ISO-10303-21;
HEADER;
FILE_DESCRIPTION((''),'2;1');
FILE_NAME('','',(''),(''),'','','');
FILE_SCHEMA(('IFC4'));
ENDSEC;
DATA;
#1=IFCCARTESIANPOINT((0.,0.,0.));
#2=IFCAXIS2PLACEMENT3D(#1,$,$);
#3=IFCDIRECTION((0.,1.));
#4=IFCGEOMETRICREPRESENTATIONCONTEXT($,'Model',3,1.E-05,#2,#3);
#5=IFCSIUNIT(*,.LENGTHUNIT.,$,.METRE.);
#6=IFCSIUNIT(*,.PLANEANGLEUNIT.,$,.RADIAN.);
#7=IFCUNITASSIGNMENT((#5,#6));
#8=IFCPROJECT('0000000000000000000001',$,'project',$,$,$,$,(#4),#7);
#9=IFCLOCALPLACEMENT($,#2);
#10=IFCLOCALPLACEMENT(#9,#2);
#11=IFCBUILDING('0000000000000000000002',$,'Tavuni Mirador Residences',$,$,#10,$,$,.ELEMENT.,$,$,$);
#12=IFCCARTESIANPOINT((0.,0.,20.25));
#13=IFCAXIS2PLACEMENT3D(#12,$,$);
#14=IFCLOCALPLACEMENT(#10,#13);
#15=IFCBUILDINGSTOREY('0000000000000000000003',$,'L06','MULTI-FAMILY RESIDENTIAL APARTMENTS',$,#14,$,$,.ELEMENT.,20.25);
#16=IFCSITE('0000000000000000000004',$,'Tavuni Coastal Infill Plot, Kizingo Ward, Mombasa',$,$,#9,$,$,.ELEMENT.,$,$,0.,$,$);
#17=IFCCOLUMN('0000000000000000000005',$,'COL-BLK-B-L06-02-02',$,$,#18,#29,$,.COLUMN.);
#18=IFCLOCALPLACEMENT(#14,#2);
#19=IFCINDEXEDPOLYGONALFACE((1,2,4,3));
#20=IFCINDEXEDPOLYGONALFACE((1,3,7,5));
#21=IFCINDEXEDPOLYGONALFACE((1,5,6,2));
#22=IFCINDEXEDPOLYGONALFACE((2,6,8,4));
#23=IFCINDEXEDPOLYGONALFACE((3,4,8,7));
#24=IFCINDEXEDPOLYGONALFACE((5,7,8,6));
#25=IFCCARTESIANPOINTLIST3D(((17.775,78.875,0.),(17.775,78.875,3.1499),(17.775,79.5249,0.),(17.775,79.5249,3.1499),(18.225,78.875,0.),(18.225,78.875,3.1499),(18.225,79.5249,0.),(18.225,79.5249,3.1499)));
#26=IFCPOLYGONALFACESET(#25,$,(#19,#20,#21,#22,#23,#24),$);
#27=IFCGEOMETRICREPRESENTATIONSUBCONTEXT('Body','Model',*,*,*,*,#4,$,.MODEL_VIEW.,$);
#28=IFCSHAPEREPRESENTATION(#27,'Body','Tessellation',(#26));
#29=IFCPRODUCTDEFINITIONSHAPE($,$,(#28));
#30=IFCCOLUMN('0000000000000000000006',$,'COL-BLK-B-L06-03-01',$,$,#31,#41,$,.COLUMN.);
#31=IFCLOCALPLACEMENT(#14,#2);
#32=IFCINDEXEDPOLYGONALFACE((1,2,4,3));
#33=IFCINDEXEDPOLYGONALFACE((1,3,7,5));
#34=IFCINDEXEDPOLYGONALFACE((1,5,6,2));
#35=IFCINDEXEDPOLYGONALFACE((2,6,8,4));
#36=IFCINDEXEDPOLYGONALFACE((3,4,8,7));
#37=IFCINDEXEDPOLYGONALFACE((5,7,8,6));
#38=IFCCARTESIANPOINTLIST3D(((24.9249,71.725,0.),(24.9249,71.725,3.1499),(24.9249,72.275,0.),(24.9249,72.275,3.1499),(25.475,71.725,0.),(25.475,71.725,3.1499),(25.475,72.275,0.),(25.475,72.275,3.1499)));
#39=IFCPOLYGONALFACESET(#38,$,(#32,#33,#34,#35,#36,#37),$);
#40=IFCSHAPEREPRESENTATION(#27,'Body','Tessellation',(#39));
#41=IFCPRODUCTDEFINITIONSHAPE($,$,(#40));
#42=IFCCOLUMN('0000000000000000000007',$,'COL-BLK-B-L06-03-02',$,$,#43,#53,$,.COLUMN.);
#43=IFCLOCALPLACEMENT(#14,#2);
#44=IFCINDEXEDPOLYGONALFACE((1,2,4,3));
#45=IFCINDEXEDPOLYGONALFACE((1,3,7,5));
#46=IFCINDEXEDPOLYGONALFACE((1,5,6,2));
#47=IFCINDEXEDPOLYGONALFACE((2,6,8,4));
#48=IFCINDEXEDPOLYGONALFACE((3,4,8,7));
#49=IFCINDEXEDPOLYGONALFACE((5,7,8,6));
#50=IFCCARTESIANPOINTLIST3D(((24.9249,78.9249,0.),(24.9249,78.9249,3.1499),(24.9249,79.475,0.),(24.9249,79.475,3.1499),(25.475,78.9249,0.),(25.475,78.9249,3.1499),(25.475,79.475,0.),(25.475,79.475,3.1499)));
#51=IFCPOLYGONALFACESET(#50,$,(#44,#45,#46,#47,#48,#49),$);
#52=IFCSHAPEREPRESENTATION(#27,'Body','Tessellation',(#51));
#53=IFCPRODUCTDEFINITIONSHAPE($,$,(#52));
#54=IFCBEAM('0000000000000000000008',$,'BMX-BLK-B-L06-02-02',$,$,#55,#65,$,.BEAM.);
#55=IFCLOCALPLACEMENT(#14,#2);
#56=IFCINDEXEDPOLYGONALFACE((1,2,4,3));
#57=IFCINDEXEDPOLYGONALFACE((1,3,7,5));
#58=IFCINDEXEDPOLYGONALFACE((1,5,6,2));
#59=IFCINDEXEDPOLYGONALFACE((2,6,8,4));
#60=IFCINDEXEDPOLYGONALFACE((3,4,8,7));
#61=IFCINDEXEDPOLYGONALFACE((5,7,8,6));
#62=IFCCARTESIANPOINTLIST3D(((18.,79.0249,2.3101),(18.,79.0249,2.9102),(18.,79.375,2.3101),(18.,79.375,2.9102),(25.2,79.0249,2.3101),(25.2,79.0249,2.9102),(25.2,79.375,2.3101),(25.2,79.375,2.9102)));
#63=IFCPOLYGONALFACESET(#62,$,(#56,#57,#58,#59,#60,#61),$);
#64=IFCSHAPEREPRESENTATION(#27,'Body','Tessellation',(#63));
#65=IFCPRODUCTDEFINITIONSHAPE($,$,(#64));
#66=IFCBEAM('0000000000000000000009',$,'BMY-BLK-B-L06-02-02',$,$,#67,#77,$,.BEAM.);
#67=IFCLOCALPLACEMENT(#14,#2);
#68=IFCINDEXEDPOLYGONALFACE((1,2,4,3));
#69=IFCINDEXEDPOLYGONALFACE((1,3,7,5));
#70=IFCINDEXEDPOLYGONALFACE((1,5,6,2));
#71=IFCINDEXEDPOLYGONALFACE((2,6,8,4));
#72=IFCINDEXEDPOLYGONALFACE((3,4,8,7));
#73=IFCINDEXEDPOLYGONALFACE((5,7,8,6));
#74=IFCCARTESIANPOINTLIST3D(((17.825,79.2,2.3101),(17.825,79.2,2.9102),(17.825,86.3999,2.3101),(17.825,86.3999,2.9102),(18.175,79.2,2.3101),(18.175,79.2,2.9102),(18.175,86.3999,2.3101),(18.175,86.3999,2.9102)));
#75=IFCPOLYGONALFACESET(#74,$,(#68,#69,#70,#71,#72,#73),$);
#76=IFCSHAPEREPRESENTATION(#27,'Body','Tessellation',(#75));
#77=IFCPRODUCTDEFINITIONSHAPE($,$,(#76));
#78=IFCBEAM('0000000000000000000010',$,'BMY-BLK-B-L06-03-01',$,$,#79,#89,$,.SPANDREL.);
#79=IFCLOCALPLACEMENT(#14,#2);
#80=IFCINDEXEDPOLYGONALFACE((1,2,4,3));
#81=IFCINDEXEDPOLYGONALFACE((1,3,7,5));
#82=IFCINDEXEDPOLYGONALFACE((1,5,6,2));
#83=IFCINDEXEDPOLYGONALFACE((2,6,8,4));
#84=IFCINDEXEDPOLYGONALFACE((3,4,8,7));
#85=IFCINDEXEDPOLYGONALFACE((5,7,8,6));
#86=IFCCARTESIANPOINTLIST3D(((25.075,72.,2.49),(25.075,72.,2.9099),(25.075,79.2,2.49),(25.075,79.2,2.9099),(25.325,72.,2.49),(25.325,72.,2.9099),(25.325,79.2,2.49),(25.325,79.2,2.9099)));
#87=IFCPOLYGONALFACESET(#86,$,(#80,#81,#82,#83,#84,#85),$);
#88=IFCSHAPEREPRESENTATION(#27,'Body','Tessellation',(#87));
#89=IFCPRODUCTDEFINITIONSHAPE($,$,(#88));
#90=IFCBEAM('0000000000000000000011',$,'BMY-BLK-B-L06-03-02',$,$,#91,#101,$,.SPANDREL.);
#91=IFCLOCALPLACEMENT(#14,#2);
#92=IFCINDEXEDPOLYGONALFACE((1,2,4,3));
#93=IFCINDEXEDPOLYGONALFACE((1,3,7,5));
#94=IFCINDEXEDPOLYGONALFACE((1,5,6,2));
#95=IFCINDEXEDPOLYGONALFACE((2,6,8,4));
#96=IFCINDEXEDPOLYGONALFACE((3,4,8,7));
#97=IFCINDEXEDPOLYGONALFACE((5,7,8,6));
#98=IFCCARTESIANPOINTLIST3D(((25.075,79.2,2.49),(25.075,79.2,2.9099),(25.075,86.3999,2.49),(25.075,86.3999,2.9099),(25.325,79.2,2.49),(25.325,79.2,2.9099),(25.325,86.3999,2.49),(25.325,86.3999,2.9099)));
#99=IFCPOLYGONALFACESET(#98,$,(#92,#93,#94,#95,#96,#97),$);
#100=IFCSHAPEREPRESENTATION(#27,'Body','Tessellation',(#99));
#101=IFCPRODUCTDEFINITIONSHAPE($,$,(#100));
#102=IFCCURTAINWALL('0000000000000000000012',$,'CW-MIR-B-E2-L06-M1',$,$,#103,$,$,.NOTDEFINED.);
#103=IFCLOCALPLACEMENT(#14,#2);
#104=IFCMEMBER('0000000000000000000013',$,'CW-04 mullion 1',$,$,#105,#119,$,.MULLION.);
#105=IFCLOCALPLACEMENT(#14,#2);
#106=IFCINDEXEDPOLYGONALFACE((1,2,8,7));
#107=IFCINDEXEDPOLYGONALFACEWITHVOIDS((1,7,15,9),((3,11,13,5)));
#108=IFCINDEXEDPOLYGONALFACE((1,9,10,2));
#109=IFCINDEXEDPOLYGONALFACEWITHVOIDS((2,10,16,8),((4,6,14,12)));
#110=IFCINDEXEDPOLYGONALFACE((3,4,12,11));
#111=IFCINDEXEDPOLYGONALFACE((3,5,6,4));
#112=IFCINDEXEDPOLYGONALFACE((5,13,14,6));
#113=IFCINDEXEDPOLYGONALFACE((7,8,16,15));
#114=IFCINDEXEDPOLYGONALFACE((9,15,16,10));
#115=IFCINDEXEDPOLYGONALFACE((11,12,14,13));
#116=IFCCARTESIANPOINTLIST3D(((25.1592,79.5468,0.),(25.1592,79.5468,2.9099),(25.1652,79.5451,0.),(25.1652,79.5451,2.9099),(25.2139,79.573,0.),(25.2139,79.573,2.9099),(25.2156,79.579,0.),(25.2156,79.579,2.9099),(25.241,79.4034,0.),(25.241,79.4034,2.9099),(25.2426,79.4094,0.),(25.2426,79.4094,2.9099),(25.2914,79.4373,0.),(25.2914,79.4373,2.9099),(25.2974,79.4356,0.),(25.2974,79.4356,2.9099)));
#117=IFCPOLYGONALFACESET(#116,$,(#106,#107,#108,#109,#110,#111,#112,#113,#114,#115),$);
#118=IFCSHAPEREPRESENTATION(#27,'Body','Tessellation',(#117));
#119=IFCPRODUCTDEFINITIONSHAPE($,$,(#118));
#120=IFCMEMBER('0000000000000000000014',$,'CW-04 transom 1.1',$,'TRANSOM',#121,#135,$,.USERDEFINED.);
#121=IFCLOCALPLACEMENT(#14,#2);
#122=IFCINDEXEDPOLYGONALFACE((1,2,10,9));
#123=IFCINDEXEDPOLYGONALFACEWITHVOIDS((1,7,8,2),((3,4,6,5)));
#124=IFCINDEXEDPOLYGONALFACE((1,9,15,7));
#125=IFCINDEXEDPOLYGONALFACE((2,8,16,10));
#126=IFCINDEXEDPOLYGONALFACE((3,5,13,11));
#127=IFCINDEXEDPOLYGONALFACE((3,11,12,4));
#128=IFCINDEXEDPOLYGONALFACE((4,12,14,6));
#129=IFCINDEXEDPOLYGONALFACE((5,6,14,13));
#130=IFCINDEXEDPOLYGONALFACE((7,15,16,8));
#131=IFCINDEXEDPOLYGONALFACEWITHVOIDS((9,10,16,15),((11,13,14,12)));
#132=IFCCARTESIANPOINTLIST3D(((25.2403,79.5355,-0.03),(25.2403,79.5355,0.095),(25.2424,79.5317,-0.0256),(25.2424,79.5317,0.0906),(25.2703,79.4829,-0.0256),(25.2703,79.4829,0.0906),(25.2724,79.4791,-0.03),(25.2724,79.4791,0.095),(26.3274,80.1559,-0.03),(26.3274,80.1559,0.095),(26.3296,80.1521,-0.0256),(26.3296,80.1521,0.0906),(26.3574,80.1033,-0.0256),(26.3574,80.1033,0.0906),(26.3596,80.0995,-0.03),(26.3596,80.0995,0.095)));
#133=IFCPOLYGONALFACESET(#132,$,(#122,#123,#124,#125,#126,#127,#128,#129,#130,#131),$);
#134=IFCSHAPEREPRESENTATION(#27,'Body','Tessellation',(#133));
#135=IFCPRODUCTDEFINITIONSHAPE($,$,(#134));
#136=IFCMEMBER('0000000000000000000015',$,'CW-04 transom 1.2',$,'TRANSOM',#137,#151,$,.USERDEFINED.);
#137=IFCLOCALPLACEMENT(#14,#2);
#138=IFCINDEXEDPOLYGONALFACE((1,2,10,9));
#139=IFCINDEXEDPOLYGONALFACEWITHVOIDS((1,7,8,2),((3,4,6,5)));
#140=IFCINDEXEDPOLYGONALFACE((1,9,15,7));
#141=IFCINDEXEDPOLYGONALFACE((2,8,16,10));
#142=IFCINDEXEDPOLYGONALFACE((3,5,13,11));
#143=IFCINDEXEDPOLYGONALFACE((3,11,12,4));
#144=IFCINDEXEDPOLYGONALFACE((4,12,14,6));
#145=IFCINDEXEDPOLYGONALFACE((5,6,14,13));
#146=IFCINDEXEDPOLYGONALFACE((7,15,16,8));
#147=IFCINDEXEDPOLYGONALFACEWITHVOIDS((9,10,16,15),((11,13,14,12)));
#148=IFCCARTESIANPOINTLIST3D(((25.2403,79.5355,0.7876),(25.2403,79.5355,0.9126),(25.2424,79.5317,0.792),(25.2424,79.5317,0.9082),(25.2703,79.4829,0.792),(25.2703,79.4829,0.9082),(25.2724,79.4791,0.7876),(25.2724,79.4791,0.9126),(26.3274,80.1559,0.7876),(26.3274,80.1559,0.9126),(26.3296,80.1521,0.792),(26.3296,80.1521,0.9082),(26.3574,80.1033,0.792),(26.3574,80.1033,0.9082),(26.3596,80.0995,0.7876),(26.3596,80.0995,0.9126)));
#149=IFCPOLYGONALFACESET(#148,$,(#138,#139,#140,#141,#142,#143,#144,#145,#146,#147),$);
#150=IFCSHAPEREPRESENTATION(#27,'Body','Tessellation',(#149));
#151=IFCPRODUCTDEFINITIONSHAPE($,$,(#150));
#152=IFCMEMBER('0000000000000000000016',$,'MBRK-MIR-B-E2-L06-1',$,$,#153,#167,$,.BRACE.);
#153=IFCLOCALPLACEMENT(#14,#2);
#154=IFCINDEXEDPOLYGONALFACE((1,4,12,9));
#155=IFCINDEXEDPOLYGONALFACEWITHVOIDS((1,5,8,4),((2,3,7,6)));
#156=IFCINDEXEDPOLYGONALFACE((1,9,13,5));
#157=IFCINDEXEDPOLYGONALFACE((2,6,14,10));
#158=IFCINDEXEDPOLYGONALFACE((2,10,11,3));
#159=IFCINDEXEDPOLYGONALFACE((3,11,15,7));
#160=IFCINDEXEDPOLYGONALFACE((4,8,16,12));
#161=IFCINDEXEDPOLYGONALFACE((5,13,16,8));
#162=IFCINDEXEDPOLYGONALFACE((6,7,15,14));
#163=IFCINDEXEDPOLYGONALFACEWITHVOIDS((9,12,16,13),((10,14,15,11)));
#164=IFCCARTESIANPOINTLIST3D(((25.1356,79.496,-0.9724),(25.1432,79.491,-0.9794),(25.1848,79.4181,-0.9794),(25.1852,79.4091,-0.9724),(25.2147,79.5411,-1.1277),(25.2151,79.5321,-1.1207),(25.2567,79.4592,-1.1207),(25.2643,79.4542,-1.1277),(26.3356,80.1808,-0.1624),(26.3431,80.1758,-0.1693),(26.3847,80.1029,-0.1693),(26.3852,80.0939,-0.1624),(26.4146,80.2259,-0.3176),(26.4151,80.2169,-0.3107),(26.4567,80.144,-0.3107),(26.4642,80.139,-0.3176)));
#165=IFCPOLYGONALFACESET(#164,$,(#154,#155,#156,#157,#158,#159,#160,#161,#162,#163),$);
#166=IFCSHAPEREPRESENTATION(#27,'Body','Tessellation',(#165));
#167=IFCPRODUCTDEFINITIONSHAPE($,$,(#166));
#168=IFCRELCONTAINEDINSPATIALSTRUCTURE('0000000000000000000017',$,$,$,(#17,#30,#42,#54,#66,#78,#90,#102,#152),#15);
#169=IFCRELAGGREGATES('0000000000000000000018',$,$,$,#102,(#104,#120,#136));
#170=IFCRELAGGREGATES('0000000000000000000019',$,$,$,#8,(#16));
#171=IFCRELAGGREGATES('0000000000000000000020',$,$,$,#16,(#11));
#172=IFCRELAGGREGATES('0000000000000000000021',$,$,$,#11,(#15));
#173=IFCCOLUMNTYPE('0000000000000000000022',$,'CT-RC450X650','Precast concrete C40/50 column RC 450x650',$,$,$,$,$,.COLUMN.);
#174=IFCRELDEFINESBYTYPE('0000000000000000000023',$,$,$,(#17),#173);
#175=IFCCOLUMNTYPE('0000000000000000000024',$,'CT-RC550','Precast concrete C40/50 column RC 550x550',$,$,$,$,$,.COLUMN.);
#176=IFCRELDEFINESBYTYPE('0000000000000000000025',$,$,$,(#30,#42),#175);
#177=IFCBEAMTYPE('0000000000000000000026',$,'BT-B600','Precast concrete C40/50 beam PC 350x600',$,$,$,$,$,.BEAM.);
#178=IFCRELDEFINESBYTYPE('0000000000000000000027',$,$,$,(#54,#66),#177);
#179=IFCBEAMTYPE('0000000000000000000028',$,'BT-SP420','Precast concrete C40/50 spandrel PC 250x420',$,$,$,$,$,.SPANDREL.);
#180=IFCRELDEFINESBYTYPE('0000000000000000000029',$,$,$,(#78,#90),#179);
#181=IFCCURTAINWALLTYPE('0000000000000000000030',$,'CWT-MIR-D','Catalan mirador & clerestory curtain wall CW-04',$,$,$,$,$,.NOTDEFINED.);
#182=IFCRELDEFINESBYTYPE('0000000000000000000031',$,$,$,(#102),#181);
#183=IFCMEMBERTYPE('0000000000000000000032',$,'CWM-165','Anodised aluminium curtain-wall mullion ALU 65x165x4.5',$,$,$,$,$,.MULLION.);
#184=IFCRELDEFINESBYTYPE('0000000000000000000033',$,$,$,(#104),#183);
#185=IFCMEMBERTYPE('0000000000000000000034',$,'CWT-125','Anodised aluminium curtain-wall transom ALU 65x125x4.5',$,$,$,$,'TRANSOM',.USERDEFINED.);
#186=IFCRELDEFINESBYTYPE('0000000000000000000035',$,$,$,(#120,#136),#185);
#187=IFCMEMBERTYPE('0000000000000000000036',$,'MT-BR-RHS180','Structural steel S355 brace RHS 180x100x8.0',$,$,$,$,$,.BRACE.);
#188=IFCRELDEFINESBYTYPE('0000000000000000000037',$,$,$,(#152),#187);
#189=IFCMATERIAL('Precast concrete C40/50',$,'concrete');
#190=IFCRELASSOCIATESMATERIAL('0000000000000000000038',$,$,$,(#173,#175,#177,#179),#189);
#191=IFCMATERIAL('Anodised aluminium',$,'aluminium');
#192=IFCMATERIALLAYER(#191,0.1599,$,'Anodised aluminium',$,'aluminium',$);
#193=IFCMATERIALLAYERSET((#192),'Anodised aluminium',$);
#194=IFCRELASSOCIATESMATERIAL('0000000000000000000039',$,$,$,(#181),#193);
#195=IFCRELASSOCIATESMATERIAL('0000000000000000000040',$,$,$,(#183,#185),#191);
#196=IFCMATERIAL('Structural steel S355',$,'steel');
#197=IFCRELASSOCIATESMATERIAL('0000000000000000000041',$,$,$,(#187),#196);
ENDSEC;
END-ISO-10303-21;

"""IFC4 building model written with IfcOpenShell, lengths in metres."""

from ifc_helpers import new_model, si_unit, direction, frame, origin, origin_2d, place, context, subcontext, project, spatial, rectangle, hollow_rectangle, extrude, material, layer, layer_set, material_profile, profile_set, type_object, element, aggregate, save


model = new_model("IFC4")

# Units and contexts
model_context = context("Model", 3, precision=1e-05, world=origin(), true_north=direction((0.0, 1.0)))
body_context = subcontext(model_context, "Body", "Model", "MODEL_VIEW")
ifc_project = project(units=[si_unit("LENGTHUNIT", "METRE"), si_unit("PLANEANGLEUNIT", "RADIAN")], contexts=[model_context])

# Site, building, storey
site_placement = place(None, origin())
site = spatial("IfcSite", under=ifc_project, at=site_placement, Name="Tavuni Coastal Infill Plot, Kizingo Ward, Mombasa", CompositionType="ELEMENT", RefElevation=0.0)
building_placement = place(site_placement, origin())
building = spatial("IfcBuilding", under=site, at=building_placement, Name="Tavuni Mirador Residences", CompositionType="ELEMENT")
storey_placement = place(building_placement, frame((0.0, 0.0, 20.25)))
storey = spatial("IfcBuildingStorey", under=building, at=storey_placement, Name="L06", Description="MULTI-FAMILY RESIDENTIAL APARTMENTS", CompositionType="ELEMENT", Elevation=20.25)

# Columns
ifc_material_1 = material(Name="Precast concrete C40/50", Category="concrete")
ifc_material_profile_1 = material_profile(ifc_material_1, rectangle(XDim=0.45, YDim=0.6499, at=origin_2d()), Name="RC 450x650", Category="concrete")
ifc_profile_set_1 = profile_set([ifc_material_profile_1], Name="Precast concrete C40/50")
column_type_1 = type_object("IfcColumnType", Name="CT-RC450X650", Description="Precast concrete C40/50 column RC 450x650", PredefinedType="COLUMN", material=ifc_profile_set_1)
column_placement = place(storey_placement, frame((18.0, 79.2, 0.0), z_axis=(0.0, 0.0, 1.0), x_axis=(1.0, 0.0, 0.0)))
element("IfcColumn", 1, at=column_placement, inside=storey, type_object=column_type_1, Name="COL-BLK-B-L06-02-02", PredefinedType="COLUMN", context=body_context, shape_type="SweptSolid", body=[
    extrude(rectangle(XDim=0.45, YDim=0.6499, at=origin_2d()), origin(), (0.0, 0.0, 1.0), 3.1499),
])
ifc_material_profile_2 = material_profile(ifc_material_1, rectangle(XDim=0.55, YDim=0.55, at=origin_2d()), Name="RC 550x550", Category="concrete")
ifc_profile_set_2 = profile_set([ifc_material_profile_2], Name="Precast concrete C40/50")
column_type_2 = type_object("IfcColumnType", Name="CT-RC550", Description="Precast concrete C40/50 column RC 550x550", PredefinedType="COLUMN", material=ifc_profile_set_2)
for number, where, z_axis, x_axis, name in (
    (2, (25.2, 72.0, 0.0), (0.0, 0.0, 1.0), (1.0, 0.0, 0.0), "COL-BLK-B-L06-03-01"),
    (3, (25.2, 79.2, 0.0), (0.0, 0.0, 1.0), (1.0, 0.0, 0.0), "COL-BLK-B-L06-03-02"),
):
    element("IfcColumn", number, at=place(storey_placement, frame(where, z_axis=z_axis, x_axis=x_axis)), inside=storey, type_object=column_type_2, Name=name, PredefinedType="COLUMN", context=body_context, shape_type="SweptSolid", body=[
        extrude(rectangle(XDim=0.55, YDim=0.55, at=origin_2d()), origin(), (0.0, 0.0, 1.0), 3.1499),
    ])

# Beams
ifc_material_profile_3 = material_profile(ifc_material_1, rectangle(XDim=0.3501, YDim=0.6001, at=origin_2d()), Name="PC 350x600", Category="concrete")
ifc_profile_set_3 = profile_set([ifc_material_profile_3], Name="Precast concrete C40/50")
beam_type_1 = type_object("IfcBeamType", Name="BT-B600", Description="Precast concrete C40/50 beam PC 350x600", PredefinedType="BEAM", material=ifc_profile_set_3)
for number, where, z_axis, x_axis, name in (
    (4, (18.0, 79.2, 2.6101), (1.0, 0.0, 0.0), (0.0, 1.0, 0.0), "BMX-BLK-B-L06-02-02"),
    (5, (18.0, 79.2, 2.6101), (0.0, 1.0, 0.0), (-1.0, 0.0, 0.0), "BMY-BLK-B-L06-02-02"),
):
    element("IfcBeam", number, at=place(storey_placement, frame(where, z_axis=z_axis, x_axis=x_axis)), inside=storey, type_object=beam_type_1, Name=name, PredefinedType="BEAM", context=body_context, shape_type="SweptSolid", body=[
        extrude(rectangle(XDim=0.3501, YDim=0.6001, at=origin_2d()), origin(), (0.0, 0.0, 1.0), 7.2),
    ])
ifc_material_profile_4 = material_profile(ifc_material_1, rectangle(XDim=0.25, YDim=0.4199, at=origin_2d()), Name="PC 250x420", Category="concrete")
ifc_profile_set_4 = profile_set([ifc_material_profile_4], Name="Precast concrete C40/50")
beam_type_2 = type_object("IfcBeamType", Name="BT-SP420", Description="Precast concrete C40/50 spandrel PC 250x420", PredefinedType="SPANDREL", material=ifc_profile_set_4)
for number, where, z_axis, x_axis, name in (
    (6, (25.2, 72.0, 2.7), (0.0, 1.0, 0.0), (-1.0, 0.0, 0.0), "BMY-BLK-B-L06-03-01"),
    (7, (25.2, 79.2, 2.7), (0.0, 1.0, 0.0), (-1.0, 0.0, 0.0), "BMY-BLK-B-L06-03-02"),
):
    element("IfcBeam", number, at=place(storey_placement, frame(where, z_axis=z_axis, x_axis=x_axis)), inside=storey, type_object=beam_type_2, Name=name, PredefinedType="SPANDREL", context=body_context, shape_type="SweptSolid", body=[
        extrude(rectangle(XDim=0.25, YDim=0.4199, at=origin_2d()), origin(), (0.0, 0.0, 1.0), 7.2),
    ])

# Curtain wall, members
ifc_material_2 = material(Name="Anodised aluminium", Category="aluminium")
ifc_layer_1 = layer(ifc_material_2, 0.1599, Name="Anodised aluminium", Category="aluminium")
ifc_layer_set_1 = layer_set([ifc_layer_1], Name="Anodised aluminium")
curtain_wall_type = type_object("IfcCurtainWallType", Name="CWT-MIR-D", Description="Catalan mirador & clerestory curtain wall CW-04", PredefinedType="NOTDEFINED", material=ifc_layer_set_1)
curtain_wall_placement = place(storey_placement, origin())
curtain_wall = element("IfcCurtainWall", 8, at=curtain_wall_placement, inside=storey, type_object=curtain_wall_type, Name="CW-MIR-B-E2-L06-M1", PredefinedType="NOTDEFINED")
ifc_material_profile_5 = material_profile(ifc_material_2, hollow_rectangle(XDim=0.0649, YDim=0.165, WallThickness=0.0044, at=origin_2d()), Name="ALU 65x165x4.5", Category="aluminium")
ifc_profile_set_5 = profile_set([ifc_material_profile_5], Name="Anodised aluminium")
member_type_1 = type_object("IfcMemberType", Name="CWM-165", Description="Anodised aluminium curtain-wall mullion ALU 65x165x4.5", PredefinedType="MULLION", material=ifc_profile_set_5)
member_1_placement = place(storey_placement, frame((25.2283, 79.4912, 0.0), z_axis=(0.0, 0.0, 1.0), x_axis=(0.868466, 0.495749, 0.0)))
member_1 = element("IfcMember", 9, at=member_1_placement, type_object=member_type_1, Name="CW-04 mullion 1", PredefinedType="MULLION", context=body_context, shape_type="SweptSolid", body=[
    extrude(hollow_rectangle(XDim=0.0649, YDim=0.165, WallThickness=0.0044, at=origin_2d()), origin(), (0.0, 0.0, 1.0), 2.9099),
])
ifc_material_profile_6 = material_profile(ifc_material_2, hollow_rectangle(XDim=0.0649, YDim=0.125, WallThickness=0.0044, at=origin_2d()), Name="ALU 65x125x4.5", Category="aluminium")
ifc_profile_set_6 = profile_set([ifc_material_profile_6], Name="Anodised aluminium")
member_type_2 = type_object("IfcMemberType", Name="CWT-125", Description="Anodised aluminium curtain-wall transom ALU 65x125x4.5", ElementType="TRANSOM", PredefinedType="USERDEFINED", material=ifc_profile_set_6)
member_2_placement = place(storey_placement, frame((25.2563, 79.5073, 0.0325), z_axis=(0.868543, 0.495614, 0.0), x_axis=(-0.495614, 0.868543, 0.0)))
member_2 = element("IfcMember", 10, at=member_2_placement, type_object=member_type_2, Name="CW-04 transom 1.1", ObjectType="TRANSOM", PredefinedType="USERDEFINED", context=body_context, shape_type="SweptSolid", body=[
    extrude(hollow_rectangle(XDim=0.0649, YDim=0.125, WallThickness=0.0044, at=origin_2d()), origin(), (0.0, 0.0, 1.0), 1.2517),
])
member_3_placement = place(storey_placement, frame((25.2563, 79.5073, 0.8501), z_axis=(0.868543, 0.495614, 0.0), x_axis=(-0.495614, 0.868543, 0.0)))
member_3 = element("IfcMember", 11, at=member_3_placement, type_object=member_type_2, Name="CW-04 transom 1.2", ObjectType="TRANSOM", PredefinedType="USERDEFINED", context=body_context, shape_type="SweptSolid", body=[
    extrude(hollow_rectangle(XDim=0.0649, YDim=0.125, WallThickness=0.0044, at=origin_2d()), origin(), (0.0, 0.0, 1.0), 1.2517),
])
aggregate(curtain_wall, [member_1, member_2, member_3])

# Member
ifc_material_3 = material(Name="Structural steel S355", Category="steel")
ifc_material_profile_7 = material_profile(ifc_material_3, hollow_rectangle(XDim=0.1001, YDim=0.1799, WallThickness=0.0081, at=origin_2d()), Name="RHS 180x100x8.0", Category="steel")
ifc_profile_set_7 = profile_set([ifc_material_profile_7], Name="Structural steel S355")
member_type_3 = type_object("IfcMemberType", Name="MT-BR-RHS180", Description="Structural steel S355 brace RHS 180x100x8.0", PredefinedType="BRACE", material=ifc_profile_set_7)
member_4_placement = place(storey_placement, frame((25.2, 79.4751, -1.05), z_axis=(0.749231, 0.427588, 0.505788), x_axis=(-0.495663, 0.868515, 0.0)))
element("IfcMember", 12, at=member_4_placement, inside=storey, type_object=member_type_3, Name="MBRK-MIR-B-E2-L06-1", PredefinedType="BRACE", context=body_context, shape_type="SweptSolid", body=[
    extrude(hollow_rectangle(XDim=0.1001, YDim=0.1799, WallThickness=0.0081, at=origin_2d()), origin(), (0.0, 0.0, 1.0), 1.6016),
])

save(model, "model.ifc")
